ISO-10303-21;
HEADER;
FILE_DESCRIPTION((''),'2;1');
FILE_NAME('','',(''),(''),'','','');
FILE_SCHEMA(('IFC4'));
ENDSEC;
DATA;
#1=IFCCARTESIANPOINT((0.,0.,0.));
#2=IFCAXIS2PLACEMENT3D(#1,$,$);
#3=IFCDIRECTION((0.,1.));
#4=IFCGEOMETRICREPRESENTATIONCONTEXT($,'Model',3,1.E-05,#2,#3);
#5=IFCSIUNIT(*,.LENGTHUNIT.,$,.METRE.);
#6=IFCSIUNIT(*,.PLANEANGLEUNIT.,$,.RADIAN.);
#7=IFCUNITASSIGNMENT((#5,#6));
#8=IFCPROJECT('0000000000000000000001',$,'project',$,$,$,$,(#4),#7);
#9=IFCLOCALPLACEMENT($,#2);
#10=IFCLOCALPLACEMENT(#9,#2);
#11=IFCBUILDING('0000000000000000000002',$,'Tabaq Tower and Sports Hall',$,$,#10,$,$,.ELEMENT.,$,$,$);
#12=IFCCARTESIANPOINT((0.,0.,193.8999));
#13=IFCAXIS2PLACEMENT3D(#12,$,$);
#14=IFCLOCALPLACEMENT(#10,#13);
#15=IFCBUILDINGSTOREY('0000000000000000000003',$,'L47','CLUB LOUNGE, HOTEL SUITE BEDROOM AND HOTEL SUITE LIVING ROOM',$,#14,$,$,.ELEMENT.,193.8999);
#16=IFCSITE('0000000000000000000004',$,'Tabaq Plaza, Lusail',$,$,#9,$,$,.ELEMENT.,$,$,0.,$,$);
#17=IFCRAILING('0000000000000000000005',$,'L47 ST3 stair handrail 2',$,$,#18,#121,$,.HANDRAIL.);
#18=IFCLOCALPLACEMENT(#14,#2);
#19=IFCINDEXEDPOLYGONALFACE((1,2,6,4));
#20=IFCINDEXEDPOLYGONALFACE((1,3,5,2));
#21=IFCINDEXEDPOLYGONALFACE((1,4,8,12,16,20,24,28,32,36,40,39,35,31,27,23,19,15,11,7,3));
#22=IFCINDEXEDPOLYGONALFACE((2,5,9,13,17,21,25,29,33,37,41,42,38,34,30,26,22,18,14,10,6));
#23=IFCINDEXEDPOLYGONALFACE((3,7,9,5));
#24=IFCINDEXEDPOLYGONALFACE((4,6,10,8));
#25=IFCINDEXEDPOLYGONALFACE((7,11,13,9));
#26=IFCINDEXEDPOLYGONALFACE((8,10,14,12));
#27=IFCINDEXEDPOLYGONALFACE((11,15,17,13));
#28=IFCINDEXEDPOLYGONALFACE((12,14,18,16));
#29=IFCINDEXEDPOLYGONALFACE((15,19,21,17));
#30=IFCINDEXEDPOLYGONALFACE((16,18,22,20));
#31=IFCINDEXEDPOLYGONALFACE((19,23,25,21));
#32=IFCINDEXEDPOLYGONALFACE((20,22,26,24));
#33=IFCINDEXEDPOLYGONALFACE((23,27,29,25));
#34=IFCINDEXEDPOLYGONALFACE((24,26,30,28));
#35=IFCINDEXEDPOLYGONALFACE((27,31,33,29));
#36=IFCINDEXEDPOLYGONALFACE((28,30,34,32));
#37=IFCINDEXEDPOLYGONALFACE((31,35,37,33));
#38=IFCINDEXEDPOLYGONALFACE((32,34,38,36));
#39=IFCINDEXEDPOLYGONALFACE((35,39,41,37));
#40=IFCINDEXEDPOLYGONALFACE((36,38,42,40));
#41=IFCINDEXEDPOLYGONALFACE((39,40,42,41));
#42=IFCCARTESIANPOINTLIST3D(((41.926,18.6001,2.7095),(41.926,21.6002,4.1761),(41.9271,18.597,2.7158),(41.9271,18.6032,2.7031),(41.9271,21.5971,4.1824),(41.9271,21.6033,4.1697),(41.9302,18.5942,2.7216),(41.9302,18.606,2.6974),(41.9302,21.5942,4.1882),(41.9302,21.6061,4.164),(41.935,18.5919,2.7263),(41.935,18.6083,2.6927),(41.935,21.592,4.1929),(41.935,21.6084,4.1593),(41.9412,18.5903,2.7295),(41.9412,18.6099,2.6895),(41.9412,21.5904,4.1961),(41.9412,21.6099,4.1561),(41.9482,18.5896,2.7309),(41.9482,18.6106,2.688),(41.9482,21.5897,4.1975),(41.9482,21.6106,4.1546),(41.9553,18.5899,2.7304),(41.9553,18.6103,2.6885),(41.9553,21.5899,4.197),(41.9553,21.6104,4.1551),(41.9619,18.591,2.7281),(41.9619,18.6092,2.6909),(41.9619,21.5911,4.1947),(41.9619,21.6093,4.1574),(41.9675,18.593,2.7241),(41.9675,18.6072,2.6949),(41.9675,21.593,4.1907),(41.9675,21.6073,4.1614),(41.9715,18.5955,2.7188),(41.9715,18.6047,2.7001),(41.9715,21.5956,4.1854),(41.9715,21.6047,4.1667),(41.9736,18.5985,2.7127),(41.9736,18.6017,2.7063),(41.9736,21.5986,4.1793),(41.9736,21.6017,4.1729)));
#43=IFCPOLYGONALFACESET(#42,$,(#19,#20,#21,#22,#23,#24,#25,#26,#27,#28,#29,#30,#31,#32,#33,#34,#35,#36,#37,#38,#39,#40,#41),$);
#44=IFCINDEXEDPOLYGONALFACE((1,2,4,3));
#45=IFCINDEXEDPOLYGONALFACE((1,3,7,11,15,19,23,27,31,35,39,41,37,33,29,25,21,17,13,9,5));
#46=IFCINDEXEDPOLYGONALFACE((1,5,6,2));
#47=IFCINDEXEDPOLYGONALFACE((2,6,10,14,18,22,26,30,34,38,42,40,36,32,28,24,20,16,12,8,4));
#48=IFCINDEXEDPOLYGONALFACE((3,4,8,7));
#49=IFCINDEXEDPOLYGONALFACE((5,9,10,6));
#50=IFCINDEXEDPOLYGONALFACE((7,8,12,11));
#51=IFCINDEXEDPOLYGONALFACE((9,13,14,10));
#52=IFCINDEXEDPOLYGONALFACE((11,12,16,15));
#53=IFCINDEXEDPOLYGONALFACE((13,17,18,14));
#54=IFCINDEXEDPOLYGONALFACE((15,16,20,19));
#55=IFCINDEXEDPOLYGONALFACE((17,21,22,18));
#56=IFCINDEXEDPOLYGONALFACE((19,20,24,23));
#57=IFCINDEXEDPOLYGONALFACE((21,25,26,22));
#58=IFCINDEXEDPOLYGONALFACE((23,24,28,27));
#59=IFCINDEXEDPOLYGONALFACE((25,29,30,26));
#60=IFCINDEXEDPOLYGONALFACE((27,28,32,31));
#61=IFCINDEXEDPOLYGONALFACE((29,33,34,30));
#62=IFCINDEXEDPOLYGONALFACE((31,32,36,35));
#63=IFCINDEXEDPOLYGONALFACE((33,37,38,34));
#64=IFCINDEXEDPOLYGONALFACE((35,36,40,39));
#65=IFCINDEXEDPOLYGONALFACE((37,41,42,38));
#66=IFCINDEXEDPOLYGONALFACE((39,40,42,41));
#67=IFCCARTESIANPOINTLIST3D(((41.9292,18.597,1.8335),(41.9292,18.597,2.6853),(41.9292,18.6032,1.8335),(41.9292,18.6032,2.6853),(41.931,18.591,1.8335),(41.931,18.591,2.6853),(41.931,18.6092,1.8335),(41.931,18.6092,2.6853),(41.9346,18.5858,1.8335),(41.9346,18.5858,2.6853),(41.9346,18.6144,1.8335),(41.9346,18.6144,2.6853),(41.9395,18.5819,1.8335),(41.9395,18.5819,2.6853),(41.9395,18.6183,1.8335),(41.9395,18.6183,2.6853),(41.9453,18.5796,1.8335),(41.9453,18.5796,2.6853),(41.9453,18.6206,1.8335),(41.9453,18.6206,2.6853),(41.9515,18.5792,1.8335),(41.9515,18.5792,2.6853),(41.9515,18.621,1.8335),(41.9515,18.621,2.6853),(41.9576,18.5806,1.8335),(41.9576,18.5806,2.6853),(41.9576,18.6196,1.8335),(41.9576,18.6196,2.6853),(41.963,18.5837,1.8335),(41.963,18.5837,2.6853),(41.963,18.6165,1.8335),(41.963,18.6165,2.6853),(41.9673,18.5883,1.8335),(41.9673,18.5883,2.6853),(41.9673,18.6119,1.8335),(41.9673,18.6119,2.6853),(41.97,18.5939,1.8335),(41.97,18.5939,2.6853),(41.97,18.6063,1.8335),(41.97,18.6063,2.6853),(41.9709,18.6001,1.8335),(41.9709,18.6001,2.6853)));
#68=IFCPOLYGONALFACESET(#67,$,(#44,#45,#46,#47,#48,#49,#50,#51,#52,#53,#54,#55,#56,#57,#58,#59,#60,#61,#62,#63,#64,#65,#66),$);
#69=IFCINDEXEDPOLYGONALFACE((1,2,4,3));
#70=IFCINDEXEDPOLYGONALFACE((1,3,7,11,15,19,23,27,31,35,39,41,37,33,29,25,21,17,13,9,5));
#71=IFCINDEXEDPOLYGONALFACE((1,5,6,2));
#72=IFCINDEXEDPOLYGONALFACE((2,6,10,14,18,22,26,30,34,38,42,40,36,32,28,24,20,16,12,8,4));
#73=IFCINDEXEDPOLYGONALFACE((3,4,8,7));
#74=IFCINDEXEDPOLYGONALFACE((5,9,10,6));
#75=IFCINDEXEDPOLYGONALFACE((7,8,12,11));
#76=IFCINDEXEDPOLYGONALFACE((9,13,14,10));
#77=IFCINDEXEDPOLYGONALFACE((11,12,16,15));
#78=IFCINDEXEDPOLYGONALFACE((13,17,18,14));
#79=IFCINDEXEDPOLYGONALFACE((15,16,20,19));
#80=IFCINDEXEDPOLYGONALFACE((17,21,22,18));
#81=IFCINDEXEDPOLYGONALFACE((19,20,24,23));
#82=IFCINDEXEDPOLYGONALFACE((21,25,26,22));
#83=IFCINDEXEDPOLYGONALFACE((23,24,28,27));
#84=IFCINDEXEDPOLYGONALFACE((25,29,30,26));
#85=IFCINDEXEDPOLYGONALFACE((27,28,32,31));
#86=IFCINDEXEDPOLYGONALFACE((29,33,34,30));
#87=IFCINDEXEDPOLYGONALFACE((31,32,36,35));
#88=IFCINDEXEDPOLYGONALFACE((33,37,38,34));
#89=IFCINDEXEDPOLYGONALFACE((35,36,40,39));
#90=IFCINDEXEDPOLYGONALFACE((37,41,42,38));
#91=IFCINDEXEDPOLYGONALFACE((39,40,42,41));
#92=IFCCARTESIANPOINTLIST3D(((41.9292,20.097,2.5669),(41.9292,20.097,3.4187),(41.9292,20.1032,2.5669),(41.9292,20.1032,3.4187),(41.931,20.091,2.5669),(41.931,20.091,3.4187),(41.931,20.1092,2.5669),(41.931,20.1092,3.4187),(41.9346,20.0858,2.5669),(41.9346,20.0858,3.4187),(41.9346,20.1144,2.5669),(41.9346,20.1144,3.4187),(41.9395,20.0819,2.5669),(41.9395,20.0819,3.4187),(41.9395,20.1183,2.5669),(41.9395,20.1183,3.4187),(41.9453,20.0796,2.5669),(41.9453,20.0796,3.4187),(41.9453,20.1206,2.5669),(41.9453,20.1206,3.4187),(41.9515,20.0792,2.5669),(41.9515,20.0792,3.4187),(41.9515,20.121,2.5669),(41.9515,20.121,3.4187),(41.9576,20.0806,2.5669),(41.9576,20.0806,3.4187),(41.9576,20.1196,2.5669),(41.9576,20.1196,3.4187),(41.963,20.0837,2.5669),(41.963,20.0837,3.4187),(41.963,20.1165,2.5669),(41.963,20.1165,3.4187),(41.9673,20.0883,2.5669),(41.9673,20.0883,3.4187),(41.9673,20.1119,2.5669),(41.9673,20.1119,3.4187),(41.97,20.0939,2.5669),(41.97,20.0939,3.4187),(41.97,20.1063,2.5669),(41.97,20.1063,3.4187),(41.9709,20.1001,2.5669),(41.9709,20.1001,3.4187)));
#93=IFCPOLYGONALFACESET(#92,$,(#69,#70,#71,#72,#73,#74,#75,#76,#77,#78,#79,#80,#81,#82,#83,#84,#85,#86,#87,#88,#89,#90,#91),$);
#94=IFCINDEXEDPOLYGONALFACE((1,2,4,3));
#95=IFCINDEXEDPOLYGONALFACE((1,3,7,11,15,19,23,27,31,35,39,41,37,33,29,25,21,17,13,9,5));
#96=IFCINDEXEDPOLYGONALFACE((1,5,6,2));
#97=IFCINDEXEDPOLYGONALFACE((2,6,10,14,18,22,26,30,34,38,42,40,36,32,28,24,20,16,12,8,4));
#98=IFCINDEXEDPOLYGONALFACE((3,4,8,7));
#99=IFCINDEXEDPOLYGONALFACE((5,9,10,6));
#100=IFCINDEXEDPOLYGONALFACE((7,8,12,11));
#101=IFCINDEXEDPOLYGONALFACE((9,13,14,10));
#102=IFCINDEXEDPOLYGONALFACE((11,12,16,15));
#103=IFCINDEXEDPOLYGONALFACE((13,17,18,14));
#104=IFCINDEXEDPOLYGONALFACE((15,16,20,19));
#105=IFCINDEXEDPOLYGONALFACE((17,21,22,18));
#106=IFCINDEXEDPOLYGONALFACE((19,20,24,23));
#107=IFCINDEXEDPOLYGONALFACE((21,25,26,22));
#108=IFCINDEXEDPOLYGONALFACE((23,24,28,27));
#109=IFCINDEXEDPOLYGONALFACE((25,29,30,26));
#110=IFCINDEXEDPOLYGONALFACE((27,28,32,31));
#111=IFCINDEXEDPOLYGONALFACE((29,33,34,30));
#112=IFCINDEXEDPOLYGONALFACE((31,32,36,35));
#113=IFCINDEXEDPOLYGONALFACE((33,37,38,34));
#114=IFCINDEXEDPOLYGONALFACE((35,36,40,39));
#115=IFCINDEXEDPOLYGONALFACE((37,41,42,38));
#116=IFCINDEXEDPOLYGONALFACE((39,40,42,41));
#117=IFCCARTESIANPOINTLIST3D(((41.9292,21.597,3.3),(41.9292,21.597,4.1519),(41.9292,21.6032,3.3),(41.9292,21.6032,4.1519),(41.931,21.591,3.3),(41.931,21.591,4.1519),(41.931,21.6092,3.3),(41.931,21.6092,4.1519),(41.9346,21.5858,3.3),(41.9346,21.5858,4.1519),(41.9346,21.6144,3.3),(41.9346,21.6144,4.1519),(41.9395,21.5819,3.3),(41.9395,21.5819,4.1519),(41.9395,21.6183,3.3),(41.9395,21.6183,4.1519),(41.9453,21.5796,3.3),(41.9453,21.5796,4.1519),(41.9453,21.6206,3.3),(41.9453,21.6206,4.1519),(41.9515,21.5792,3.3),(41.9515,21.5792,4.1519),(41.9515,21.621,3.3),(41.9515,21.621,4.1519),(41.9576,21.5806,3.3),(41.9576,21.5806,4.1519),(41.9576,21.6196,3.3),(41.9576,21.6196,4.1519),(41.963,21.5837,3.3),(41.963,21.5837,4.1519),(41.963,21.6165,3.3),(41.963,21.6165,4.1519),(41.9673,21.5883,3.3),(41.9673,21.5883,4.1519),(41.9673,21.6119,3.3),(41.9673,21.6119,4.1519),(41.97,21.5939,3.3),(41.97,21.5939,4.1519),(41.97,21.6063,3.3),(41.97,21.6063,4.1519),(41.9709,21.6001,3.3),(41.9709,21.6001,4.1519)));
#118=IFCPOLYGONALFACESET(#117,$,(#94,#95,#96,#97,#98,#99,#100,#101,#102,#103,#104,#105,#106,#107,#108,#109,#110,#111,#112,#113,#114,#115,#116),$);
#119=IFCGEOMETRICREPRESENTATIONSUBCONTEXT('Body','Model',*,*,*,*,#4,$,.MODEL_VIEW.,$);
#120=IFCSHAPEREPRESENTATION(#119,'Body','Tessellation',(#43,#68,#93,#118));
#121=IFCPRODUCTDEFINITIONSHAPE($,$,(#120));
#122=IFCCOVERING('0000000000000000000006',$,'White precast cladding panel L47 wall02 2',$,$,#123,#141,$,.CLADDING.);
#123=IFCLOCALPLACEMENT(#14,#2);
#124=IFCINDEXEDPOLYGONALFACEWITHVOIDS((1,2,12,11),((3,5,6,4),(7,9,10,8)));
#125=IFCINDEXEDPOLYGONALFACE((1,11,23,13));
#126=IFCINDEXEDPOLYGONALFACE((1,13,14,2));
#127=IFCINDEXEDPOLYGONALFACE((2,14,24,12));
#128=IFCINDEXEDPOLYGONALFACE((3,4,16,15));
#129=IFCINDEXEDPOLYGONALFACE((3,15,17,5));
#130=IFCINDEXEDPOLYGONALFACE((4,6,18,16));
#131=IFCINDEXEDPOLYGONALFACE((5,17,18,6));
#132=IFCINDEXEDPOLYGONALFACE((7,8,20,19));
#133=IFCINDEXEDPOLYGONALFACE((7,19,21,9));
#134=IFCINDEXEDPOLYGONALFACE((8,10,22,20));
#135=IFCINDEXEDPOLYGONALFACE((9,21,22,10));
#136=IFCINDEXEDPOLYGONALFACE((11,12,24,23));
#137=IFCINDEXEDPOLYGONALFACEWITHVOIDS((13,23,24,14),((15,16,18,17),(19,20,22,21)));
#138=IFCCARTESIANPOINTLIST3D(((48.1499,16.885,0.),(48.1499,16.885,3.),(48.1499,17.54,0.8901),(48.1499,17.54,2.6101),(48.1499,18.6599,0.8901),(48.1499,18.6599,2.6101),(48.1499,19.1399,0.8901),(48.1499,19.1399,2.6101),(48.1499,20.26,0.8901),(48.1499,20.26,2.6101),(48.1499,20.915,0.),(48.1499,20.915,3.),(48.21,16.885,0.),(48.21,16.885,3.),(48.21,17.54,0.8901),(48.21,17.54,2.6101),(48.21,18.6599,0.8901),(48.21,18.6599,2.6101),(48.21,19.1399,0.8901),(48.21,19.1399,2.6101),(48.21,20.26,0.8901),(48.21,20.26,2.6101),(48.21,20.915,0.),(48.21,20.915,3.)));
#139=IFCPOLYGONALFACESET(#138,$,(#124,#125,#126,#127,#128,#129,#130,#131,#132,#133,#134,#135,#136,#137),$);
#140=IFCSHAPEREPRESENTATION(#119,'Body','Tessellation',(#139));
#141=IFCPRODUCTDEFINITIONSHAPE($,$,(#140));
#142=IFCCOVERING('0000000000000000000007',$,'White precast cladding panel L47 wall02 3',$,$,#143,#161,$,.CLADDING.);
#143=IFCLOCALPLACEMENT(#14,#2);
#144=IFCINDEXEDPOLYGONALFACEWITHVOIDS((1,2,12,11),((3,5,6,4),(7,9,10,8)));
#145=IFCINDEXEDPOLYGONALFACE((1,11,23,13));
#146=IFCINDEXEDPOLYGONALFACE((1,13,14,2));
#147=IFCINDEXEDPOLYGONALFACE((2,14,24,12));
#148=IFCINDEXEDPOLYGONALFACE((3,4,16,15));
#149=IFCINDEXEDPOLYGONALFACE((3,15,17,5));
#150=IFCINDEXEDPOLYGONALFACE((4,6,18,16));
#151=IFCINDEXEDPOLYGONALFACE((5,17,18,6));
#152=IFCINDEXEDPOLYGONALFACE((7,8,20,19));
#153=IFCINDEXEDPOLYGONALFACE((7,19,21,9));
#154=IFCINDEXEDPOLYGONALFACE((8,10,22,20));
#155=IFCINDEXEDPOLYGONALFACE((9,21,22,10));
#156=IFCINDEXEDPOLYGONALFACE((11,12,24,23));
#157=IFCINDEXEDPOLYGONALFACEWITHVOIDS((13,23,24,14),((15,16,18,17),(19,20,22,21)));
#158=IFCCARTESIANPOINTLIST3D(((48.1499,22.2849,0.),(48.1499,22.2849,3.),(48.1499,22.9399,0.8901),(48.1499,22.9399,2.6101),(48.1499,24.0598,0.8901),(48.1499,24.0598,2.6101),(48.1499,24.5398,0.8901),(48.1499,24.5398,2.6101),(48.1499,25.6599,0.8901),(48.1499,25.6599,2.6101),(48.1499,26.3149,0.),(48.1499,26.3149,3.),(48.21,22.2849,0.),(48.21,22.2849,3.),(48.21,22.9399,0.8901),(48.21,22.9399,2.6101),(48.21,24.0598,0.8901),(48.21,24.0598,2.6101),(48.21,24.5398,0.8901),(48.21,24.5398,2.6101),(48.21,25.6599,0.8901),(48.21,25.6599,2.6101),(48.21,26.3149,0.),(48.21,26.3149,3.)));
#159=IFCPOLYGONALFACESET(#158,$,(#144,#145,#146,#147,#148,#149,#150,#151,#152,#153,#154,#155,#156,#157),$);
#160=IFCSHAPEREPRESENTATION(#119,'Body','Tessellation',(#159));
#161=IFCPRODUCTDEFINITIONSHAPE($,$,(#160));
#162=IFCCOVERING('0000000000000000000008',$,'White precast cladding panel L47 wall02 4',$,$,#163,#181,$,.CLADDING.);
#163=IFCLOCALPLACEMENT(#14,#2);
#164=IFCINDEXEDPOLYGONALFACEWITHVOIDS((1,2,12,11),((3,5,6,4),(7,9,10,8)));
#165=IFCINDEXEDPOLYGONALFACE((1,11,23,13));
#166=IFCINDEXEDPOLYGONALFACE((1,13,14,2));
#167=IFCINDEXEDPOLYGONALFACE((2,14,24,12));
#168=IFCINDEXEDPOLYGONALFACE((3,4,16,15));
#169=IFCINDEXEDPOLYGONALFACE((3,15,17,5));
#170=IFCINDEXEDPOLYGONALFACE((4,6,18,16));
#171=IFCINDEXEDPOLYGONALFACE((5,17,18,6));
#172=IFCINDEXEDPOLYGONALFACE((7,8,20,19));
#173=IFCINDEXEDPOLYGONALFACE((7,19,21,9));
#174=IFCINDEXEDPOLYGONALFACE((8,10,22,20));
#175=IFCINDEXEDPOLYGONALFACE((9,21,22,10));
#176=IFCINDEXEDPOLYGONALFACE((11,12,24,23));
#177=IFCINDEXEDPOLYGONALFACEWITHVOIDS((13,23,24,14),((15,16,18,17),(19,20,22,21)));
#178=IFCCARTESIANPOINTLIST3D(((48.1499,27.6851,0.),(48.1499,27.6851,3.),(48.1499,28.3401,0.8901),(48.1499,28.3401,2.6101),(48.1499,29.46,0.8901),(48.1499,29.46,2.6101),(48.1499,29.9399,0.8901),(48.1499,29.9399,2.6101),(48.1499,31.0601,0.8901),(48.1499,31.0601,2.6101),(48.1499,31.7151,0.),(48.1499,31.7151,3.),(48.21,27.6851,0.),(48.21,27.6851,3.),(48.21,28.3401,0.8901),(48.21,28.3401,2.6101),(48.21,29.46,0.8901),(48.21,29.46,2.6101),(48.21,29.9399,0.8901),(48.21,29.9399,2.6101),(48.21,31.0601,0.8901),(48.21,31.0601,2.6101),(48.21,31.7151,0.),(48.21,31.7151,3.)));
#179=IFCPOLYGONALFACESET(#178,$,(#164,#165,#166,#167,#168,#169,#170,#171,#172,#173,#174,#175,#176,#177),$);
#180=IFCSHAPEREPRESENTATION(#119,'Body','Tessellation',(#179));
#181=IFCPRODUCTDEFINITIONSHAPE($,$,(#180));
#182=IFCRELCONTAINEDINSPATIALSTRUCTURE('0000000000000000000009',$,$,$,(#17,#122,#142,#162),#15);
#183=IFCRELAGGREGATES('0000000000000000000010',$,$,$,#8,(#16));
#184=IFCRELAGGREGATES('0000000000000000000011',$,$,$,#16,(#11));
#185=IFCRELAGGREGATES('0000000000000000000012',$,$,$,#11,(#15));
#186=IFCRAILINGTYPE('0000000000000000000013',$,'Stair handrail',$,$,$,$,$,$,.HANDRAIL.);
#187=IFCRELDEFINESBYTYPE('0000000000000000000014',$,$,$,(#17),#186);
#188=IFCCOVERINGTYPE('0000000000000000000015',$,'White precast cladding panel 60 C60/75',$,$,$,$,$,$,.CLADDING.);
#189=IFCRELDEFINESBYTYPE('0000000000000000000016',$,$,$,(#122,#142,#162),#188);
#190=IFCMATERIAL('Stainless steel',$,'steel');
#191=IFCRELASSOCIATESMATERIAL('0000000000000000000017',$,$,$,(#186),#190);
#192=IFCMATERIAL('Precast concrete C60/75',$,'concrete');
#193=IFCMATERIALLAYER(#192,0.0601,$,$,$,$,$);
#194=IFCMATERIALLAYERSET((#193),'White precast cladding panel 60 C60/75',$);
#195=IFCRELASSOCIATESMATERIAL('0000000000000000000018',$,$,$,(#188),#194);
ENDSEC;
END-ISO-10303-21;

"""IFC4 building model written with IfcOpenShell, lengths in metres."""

from ifc_helpers import new_model, si_unit, direction, frame, origin, origin_2d, place, context, subcontext, project, spatial, polyline, circle, outline, extrude, material, layer, layer_set, type_object, element, save


model = new_model("IFC4")

# Units and contexts
model_context = context("Model", 3, precision=1e-05, world=origin(), true_north=direction((0.0, 1.0)))
body_context = subcontext(model_context, "Body", "Model", "MODEL_VIEW")
ifc_project = project(units=[si_unit("LENGTHUNIT", "METRE"), si_unit("PLANEANGLEUNIT", "RADIAN")], contexts=[model_context])

# Site, building, storey
site_placement = place(None, origin())
site = spatial("IfcSite", under=ifc_project, at=site_placement, Name="Tabaq Plaza, Lusail", CompositionType="ELEMENT", RefElevation=0.0)
building_placement = place(site_placement, origin())
building = spatial("IfcBuilding", under=site, at=building_placement, Name="Tabaq Tower and Sports Hall", CompositionType="ELEMENT")
storey_placement = place(building_placement, frame((0.0, 0.0, 193.8999)))
storey = spatial("IfcBuildingStorey", under=building, at=storey_placement, Name="L47", Description="CLUB LOUNGE, HOTEL SUITE BEDROOM AND HOTEL SUITE LIVING ROOM", CompositionType="ELEMENT", Elevation=193.8999)

# Railing
ifc_material_1 = material(Name="Stainless steel", Category="steel")
railing_type_1 = type_object("IfcRailingType", Name="Stair handrail", PredefinedType="HANDRAIL", material=ifc_material_1)
railing_1_placement = place(storey_placement, frame((41.95, 18.6001, 1.8335)))
element("IfcRailing", 1, at=railing_1_placement, inside=storey, type_object=railing_type_1, Name="L47 ST3 stair handrail 2", PredefinedType="HANDRAIL", context=body_context, shape_type="SweptSolid", body=[
    extrude(circle(Radius=0.0239, at=origin_2d()), frame((0.0, 0.0, 0.876), z_axis=(0.0, 0.898398, 0.439183), x_axis=(-1.0, 0.0, 0.0)), (0.0, 0.0, 1.0), 3.3394),
    extrude(circle(Radius=0.021, at=origin_2d()), origin(), (0.0, 0.0, 1.0), 0.8518),
    extrude(circle(Radius=0.021, at=origin_2d()), frame((0.0, 1.5, 0.7334)), (0.0, 0.0, 1.0), 0.8518),
    extrude(circle(Radius=0.021, at=origin_2d()), frame((0.0, 3.0, 1.4666)), (0.0, 0.0, 1.0), 0.8518),
])

# Coverings
ifc_material_2 = material(Name="Precast concrete C60/75", Category="concrete")
ifc_layer_1 = layer(ifc_material_2, 0.0601)
ifc_layer_set_1 = layer_set([ifc_layer_1], Name="White precast cladding panel 60 C60/75")
covering_type_1 = type_object("IfcCoveringType", Name="White precast cladding panel 60 C60/75", PredefinedType="CLADDING", material=ifc_layer_set_1)
for number, where, z_axis, x_axis, name in (
    (2, (48.1799, 16.885, 0.0), (0.0, 0.0, 1.0), (0.0, 1.0, 0.0), "White precast cladding panel L47 wall02 2"),
    (3, (48.1799, 22.2849, 0.0), (0.0, 0.0, 1.0), (0.0, 1.0, 0.0), "White precast cladding panel L47 wall02 3"),
    (4, (48.1799, 27.6851, 0.0), (0.0, 0.0, 1.0), (0.0, 1.0, 0.0), "White precast cladding panel L47 wall02 4"),
):
    element("IfcCovering", number, at=place(storey_placement, frame(where, z_axis=z_axis, x_axis=x_axis)), inside=storey, type_object=covering_type_1, Name=name, PredefinedType="CLADDING", context=body_context, shape_type="SweptSolid", body=[
        extrude(outline(polyline([(0.0, 0.0), (4.03, 0.0), (4.03, 3.0), (0.0, 3.0), (0.0, 0.0)]), holes=[polyline([(0.655, 2.6101), (1.7749, 2.6101), (1.7749, 0.8901), (0.655, 0.8901), (0.655, 2.6101)]), polyline([(2.2549, 2.6101), (3.375, 2.6101), (3.375, 0.8901), (2.2549, 0.8901), (2.2549, 2.6101)])]), frame((0.0, 0.03, 0.0), z_axis=(0.0, -1.0, 0.0), x_axis=(1.0, 0.0, 0.0)), (0.0, 0.0, 1.0), 0.0601),
    ])

save(model, "model.ifc")
